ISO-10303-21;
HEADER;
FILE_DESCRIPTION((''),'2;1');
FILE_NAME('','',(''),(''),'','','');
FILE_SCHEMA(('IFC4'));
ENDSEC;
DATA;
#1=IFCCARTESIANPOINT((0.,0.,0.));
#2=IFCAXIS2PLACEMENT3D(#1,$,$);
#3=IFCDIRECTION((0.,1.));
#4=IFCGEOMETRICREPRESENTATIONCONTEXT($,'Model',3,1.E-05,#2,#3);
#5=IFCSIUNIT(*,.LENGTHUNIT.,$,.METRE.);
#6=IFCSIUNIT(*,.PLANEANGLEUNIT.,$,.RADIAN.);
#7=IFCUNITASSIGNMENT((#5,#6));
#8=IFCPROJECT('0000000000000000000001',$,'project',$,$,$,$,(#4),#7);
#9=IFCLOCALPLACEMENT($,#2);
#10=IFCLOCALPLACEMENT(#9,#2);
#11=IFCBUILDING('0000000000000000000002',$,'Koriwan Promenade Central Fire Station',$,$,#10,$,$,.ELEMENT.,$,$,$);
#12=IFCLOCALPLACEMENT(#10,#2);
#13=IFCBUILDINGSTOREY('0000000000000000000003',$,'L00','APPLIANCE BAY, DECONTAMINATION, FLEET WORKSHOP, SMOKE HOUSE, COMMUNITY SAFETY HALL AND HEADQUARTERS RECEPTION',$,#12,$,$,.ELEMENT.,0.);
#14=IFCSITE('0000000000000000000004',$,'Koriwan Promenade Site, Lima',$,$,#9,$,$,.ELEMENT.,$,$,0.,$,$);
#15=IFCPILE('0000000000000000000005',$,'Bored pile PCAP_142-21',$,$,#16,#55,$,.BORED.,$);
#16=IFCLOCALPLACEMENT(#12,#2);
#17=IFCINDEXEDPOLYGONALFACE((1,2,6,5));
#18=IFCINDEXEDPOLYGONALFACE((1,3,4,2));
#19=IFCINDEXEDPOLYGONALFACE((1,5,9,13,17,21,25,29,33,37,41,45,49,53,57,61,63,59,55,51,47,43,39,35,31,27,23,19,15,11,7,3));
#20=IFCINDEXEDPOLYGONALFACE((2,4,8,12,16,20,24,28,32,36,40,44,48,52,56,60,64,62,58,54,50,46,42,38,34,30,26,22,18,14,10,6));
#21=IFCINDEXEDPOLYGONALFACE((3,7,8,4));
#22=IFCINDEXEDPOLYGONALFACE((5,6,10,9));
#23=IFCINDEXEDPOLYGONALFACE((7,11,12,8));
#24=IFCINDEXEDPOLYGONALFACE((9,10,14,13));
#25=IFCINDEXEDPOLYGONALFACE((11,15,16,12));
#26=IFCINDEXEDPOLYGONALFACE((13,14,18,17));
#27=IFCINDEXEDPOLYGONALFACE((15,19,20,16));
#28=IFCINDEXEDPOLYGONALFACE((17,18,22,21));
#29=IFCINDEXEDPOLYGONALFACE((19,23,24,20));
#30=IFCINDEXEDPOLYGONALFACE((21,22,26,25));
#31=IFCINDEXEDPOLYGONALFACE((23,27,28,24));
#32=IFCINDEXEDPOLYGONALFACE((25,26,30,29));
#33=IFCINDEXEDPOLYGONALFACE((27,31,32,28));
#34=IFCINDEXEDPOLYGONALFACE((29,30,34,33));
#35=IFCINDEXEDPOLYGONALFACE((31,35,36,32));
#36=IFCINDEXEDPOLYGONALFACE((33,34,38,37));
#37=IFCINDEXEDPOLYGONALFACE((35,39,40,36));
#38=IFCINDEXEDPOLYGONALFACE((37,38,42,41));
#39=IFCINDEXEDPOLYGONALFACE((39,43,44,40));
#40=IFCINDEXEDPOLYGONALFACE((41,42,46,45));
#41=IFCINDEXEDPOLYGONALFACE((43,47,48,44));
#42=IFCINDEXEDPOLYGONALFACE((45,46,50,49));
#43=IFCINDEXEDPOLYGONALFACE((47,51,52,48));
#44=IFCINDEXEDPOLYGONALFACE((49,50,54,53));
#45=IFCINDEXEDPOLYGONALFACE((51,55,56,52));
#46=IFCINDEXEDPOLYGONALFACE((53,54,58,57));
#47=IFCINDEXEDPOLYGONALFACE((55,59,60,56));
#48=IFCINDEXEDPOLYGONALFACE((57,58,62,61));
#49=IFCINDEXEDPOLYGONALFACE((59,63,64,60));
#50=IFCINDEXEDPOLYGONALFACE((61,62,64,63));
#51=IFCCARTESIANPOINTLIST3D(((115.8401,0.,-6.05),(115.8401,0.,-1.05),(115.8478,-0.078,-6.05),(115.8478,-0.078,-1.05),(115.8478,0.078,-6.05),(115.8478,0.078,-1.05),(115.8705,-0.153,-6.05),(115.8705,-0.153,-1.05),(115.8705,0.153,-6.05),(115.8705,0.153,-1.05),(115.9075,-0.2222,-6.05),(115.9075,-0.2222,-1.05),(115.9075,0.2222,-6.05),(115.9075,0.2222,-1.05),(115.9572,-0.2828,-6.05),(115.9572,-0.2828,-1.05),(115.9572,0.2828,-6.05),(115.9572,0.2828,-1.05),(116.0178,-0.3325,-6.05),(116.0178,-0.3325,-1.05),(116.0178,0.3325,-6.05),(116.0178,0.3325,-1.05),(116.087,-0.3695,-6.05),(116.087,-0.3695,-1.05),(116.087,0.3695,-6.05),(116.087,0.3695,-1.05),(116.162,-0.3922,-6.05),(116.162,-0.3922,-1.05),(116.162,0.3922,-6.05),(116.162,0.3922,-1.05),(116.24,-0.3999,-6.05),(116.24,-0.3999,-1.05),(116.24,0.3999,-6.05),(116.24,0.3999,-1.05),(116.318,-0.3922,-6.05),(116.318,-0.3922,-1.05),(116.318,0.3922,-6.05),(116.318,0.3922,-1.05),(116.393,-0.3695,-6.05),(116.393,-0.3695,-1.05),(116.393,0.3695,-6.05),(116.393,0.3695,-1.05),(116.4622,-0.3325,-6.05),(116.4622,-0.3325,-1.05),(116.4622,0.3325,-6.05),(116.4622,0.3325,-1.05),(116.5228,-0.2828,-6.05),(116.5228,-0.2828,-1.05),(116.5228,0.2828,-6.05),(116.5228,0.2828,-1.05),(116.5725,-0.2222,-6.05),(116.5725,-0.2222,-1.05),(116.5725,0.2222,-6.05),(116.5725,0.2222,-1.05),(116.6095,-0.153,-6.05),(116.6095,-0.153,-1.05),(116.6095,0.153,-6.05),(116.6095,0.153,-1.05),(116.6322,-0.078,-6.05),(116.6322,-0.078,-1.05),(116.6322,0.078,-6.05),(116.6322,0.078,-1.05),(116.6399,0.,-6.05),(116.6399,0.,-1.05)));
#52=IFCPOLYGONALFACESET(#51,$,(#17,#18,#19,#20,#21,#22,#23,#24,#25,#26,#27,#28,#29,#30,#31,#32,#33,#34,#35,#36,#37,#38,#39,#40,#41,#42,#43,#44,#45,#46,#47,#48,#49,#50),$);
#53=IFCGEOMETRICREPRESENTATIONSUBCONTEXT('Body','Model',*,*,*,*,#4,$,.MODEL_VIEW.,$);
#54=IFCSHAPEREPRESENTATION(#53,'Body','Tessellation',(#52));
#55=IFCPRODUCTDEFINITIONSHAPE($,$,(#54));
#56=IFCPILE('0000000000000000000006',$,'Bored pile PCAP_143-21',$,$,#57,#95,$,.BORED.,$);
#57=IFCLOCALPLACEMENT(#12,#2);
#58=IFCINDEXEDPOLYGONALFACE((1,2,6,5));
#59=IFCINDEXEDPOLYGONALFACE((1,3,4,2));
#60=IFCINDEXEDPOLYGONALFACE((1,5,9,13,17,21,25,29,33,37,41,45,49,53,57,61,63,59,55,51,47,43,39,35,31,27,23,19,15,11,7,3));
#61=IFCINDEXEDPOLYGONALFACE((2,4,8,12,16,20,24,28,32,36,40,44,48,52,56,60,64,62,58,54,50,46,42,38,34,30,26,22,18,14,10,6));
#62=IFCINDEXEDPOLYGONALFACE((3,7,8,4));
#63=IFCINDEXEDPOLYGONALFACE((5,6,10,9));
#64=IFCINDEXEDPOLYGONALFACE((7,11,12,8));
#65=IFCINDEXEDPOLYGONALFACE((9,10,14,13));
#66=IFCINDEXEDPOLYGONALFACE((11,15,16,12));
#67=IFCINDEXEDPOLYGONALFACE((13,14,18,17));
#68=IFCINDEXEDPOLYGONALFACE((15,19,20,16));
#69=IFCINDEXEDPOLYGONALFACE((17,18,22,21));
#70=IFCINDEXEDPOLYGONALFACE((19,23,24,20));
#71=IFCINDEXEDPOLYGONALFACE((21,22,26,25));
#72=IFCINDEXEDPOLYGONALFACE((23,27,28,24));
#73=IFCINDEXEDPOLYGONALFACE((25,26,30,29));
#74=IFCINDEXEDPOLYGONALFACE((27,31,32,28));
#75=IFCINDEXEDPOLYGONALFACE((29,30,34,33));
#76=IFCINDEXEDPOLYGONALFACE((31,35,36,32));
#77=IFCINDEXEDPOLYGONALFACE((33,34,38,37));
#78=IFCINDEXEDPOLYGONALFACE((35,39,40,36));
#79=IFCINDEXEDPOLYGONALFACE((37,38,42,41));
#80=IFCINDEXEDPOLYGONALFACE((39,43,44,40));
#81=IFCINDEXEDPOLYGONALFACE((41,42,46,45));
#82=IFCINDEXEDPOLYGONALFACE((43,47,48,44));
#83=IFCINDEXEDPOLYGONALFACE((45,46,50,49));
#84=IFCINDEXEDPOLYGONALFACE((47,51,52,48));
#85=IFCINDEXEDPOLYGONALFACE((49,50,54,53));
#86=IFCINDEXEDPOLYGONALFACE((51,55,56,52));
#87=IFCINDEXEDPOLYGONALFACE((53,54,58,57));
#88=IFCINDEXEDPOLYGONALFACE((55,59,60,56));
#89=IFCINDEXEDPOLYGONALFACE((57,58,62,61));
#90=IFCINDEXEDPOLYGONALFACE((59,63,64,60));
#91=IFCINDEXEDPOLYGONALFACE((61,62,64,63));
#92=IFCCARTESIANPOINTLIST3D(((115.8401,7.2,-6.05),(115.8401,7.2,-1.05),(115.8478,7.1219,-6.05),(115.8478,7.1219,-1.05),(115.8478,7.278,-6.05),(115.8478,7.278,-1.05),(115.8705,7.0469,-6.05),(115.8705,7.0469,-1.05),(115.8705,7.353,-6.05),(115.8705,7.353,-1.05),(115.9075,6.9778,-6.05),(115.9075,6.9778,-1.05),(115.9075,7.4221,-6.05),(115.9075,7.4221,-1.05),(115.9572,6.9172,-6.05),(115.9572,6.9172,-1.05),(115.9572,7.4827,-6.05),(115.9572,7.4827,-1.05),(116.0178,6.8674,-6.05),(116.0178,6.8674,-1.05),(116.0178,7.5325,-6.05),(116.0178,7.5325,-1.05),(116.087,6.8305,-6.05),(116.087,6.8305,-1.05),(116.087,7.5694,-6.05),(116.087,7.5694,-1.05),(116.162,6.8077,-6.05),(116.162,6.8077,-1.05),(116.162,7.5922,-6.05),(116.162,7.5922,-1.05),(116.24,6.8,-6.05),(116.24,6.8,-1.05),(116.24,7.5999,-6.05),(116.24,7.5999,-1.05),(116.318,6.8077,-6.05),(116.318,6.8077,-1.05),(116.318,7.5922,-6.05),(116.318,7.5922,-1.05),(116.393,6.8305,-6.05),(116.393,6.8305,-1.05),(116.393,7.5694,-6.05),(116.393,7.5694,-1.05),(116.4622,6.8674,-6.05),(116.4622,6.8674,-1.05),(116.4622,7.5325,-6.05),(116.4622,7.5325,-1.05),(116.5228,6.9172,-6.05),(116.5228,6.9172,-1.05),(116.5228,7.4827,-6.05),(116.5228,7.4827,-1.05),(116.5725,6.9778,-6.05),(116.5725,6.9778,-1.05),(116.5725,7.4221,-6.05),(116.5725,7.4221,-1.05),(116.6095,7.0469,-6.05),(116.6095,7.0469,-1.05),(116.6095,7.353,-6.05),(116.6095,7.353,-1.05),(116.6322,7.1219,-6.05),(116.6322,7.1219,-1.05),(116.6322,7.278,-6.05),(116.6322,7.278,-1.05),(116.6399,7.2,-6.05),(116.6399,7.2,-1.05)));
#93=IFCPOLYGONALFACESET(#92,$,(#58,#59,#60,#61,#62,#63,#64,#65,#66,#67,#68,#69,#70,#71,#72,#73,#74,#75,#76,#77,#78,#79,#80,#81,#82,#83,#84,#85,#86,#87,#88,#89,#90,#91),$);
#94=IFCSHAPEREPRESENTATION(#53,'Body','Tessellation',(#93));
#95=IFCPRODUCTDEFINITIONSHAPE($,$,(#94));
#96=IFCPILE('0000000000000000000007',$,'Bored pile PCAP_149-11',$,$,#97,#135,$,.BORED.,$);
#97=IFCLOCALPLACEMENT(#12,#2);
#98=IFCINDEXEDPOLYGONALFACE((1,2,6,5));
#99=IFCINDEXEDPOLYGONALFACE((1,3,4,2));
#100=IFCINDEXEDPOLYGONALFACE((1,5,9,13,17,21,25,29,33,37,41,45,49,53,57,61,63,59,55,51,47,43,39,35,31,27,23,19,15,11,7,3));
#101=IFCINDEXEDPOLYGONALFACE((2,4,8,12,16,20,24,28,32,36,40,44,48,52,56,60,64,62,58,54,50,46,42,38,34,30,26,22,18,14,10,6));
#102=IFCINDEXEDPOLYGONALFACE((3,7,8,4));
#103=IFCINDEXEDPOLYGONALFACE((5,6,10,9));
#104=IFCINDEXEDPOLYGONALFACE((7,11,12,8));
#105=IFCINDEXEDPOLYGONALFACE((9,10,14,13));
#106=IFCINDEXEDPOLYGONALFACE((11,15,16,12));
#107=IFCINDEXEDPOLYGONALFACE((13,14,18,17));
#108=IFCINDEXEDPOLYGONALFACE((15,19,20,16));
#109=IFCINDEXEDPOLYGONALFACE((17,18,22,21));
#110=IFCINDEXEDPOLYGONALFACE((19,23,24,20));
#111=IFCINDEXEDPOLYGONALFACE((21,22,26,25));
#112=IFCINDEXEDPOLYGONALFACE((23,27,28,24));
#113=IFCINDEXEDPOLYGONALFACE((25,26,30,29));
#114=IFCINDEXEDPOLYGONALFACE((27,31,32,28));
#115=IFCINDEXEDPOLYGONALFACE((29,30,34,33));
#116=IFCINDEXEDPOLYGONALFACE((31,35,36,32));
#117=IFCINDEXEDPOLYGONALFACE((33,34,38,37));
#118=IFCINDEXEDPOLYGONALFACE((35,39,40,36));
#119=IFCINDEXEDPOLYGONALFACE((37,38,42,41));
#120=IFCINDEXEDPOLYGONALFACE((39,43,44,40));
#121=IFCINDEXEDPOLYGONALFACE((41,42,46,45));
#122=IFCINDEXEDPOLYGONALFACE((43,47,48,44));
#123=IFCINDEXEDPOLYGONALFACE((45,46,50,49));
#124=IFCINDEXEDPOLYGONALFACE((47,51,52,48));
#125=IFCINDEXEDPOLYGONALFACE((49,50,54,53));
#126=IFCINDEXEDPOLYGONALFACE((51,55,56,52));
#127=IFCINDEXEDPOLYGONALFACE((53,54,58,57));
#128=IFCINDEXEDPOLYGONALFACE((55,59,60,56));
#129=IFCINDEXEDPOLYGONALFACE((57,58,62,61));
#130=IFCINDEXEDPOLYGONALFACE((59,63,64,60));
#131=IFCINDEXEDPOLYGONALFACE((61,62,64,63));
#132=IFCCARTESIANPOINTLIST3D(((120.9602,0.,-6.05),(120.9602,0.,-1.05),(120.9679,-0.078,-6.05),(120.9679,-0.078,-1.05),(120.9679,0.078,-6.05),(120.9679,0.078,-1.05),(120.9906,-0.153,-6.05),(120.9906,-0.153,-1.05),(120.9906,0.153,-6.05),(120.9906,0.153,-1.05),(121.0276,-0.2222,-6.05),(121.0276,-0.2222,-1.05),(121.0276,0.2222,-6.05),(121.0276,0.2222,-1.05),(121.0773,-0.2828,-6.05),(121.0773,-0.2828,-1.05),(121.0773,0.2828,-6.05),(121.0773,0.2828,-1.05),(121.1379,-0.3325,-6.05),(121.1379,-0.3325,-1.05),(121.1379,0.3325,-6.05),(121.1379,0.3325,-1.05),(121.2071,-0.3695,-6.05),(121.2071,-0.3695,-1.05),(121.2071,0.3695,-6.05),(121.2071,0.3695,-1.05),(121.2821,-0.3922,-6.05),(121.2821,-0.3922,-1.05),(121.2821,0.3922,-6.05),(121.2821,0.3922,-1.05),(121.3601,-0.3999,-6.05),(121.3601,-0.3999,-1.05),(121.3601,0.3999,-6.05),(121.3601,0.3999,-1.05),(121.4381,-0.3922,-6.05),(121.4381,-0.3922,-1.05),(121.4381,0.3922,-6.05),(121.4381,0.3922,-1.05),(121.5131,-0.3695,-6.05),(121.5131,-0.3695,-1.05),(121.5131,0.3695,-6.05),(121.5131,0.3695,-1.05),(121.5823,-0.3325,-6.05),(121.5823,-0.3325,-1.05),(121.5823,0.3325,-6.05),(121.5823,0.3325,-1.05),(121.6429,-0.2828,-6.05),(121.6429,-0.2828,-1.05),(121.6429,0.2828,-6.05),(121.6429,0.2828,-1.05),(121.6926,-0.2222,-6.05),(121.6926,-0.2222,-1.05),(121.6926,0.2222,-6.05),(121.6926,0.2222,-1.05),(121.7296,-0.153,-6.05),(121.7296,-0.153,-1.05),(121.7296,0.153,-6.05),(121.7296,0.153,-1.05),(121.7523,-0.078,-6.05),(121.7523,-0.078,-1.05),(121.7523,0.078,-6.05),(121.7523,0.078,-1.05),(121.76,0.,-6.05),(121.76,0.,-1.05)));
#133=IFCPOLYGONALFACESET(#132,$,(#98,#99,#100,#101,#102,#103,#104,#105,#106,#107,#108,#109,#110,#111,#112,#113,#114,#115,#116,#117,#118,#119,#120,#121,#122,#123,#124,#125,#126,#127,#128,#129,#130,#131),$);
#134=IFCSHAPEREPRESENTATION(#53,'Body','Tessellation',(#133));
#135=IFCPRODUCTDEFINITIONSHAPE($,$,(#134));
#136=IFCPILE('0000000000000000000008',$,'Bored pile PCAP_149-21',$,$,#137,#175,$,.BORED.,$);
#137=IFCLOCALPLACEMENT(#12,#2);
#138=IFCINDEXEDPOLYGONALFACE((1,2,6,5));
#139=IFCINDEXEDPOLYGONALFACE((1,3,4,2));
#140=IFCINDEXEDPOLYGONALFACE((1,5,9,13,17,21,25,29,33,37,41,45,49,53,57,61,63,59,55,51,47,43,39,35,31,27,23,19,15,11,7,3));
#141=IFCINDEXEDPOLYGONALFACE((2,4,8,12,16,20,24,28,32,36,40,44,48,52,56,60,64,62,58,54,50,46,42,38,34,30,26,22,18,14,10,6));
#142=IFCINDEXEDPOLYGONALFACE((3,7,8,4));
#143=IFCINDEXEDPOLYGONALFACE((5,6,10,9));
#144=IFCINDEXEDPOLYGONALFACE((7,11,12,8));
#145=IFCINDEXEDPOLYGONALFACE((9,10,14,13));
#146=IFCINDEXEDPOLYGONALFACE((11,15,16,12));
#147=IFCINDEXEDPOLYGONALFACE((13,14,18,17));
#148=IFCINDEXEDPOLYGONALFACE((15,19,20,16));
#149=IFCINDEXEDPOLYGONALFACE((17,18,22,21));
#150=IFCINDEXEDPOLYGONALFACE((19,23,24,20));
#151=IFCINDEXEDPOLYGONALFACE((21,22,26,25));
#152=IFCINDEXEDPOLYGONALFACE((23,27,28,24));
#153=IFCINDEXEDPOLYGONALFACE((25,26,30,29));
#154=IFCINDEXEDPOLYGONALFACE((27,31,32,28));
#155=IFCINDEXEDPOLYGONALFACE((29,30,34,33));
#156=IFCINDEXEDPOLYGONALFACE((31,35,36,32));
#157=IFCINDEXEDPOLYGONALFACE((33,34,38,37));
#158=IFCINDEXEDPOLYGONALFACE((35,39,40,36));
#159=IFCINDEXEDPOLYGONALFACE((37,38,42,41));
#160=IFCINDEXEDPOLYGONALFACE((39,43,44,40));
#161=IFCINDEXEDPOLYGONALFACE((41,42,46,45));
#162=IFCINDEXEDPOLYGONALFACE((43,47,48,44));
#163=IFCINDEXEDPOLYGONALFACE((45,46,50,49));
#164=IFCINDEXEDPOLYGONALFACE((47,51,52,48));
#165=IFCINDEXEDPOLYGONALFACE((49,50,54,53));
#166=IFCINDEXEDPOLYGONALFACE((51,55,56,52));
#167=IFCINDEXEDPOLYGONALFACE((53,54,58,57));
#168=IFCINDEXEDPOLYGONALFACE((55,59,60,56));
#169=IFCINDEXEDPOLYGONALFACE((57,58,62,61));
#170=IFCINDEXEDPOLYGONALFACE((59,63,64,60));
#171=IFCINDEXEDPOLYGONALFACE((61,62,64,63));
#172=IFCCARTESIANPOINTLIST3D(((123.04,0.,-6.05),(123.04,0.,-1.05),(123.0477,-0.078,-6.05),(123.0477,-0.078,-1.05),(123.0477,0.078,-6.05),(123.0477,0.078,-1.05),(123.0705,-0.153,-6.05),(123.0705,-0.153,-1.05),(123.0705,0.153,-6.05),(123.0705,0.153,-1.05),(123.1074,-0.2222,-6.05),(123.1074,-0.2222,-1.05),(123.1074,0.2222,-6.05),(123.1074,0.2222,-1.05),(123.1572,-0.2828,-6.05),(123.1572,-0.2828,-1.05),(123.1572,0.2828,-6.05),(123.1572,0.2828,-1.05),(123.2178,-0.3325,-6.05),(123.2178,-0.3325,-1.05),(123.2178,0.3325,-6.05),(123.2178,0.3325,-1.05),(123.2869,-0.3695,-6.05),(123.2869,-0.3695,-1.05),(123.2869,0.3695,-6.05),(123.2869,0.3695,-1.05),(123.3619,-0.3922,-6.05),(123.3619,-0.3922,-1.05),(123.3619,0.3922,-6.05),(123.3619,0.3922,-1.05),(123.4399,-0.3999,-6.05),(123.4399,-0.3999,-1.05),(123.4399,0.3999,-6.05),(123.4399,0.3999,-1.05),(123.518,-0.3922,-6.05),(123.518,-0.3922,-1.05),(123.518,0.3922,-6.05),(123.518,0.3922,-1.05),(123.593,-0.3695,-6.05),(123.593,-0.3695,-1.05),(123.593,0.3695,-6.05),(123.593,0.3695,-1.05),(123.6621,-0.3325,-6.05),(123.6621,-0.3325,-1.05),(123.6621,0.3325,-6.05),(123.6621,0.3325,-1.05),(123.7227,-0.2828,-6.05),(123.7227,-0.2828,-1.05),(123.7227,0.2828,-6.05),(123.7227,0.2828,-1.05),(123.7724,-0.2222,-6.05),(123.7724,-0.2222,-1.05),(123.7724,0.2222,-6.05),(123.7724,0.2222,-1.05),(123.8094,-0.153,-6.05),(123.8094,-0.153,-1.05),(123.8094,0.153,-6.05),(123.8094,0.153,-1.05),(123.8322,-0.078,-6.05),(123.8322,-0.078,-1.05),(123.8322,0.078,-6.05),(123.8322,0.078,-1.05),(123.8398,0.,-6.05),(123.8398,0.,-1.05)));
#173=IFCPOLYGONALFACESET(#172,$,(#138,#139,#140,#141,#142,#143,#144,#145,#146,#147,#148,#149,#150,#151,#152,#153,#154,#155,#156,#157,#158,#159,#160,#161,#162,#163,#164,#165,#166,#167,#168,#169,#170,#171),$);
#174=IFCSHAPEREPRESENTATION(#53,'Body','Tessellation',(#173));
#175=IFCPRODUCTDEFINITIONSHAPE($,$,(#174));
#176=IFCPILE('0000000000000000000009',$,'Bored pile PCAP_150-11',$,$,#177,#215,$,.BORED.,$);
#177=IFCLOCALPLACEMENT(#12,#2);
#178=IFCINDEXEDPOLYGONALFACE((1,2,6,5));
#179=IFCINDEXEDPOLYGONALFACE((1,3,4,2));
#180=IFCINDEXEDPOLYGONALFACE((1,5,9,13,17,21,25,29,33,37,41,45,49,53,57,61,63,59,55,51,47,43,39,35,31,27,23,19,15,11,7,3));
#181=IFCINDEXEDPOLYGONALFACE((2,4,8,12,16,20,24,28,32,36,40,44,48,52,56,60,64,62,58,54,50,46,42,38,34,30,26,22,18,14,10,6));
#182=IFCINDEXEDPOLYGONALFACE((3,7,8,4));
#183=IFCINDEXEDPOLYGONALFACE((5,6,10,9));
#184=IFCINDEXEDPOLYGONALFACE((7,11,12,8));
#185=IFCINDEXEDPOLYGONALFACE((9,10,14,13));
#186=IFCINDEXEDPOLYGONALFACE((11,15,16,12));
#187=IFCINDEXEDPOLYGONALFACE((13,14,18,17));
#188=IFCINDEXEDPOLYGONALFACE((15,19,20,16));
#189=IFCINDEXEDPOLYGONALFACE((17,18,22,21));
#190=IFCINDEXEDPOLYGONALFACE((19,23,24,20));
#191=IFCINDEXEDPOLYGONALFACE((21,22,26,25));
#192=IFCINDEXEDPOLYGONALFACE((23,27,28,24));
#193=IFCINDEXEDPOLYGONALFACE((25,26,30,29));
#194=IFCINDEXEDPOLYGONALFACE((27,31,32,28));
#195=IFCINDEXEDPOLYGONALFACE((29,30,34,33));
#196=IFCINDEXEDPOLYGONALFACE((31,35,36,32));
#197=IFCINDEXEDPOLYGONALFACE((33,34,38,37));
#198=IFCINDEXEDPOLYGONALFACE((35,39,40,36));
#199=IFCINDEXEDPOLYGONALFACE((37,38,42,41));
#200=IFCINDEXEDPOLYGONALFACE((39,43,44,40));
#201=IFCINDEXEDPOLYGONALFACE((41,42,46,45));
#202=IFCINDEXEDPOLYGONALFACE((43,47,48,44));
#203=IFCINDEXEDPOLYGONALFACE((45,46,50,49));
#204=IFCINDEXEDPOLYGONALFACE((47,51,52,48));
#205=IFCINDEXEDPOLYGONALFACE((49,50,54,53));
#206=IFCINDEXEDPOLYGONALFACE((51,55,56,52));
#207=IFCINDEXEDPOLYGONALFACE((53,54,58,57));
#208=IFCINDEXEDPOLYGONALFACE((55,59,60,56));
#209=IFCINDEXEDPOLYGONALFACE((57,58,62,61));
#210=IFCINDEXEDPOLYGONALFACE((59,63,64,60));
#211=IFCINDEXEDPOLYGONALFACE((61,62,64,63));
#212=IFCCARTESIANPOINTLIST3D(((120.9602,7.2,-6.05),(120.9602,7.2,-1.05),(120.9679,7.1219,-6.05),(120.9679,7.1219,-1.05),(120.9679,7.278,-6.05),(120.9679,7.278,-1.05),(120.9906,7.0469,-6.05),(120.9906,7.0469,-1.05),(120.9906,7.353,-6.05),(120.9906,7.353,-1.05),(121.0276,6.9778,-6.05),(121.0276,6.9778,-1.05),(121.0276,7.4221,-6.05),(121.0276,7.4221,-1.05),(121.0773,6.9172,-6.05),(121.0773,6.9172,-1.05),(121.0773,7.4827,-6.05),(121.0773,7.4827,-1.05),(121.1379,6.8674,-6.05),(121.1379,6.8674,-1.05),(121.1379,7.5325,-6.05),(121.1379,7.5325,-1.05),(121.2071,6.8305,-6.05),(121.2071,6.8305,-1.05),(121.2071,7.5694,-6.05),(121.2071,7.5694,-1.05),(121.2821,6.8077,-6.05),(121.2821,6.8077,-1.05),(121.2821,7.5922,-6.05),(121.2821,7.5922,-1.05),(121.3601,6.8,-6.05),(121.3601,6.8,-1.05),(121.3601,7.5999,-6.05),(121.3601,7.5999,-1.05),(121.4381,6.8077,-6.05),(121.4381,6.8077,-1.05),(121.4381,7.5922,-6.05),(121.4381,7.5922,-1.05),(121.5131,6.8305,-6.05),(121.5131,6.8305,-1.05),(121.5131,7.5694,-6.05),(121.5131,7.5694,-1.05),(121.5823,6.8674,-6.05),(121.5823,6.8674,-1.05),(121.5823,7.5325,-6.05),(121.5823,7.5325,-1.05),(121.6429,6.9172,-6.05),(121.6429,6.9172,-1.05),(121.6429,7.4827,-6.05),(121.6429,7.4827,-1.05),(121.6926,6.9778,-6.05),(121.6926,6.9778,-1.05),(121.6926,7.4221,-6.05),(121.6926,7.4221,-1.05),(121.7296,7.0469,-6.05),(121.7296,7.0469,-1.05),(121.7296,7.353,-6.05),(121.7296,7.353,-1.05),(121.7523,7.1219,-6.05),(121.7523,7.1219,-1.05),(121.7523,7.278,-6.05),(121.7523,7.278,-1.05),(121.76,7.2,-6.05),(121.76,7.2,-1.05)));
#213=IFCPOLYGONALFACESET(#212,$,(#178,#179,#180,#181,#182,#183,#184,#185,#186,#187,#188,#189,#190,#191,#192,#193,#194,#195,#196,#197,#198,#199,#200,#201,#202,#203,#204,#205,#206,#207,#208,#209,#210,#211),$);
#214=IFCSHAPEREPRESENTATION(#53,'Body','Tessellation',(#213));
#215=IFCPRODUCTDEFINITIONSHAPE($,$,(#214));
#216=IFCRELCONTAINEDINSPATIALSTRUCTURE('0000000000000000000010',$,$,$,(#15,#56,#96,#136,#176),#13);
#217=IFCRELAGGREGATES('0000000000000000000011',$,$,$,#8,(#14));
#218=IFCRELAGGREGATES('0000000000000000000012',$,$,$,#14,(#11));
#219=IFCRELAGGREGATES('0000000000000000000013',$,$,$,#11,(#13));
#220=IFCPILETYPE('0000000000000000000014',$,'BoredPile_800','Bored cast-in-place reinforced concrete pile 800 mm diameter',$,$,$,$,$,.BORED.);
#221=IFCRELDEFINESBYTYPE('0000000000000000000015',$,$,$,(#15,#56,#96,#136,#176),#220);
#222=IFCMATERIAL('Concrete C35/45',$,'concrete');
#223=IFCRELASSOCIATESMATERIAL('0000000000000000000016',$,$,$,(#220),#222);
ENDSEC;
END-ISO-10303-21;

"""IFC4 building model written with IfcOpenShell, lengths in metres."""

from ifc_helpers import new_model, si_unit, direction, frame, origin, origin_2d, place, context, subcontext, project, spatial, circle, extrude, material, material_profile, profile_set, type_object, element, save


model = new_model("IFC4")

# Units and contexts
model_context = context("Model", 3, precision=1e-05, world=origin(), true_north=direction((0.0, 1.0)))
body_context = subcontext(model_context, "Body", "Model", "MODEL_VIEW")
ifc_project = project(units=[si_unit("LENGTHUNIT", "METRE"), si_unit("PLANEANGLEUNIT", "RADIAN")], contexts=[model_context])

# Site, building, storey
site_placement = place(None, origin())
site = spatial("IfcSite", under=ifc_project, at=site_placement, Name="Koriwan Promenade Site, Lima", CompositionType="ELEMENT", RefElevation=0.0)
building_placement = place(site_placement, origin())
building = spatial("IfcBuilding", under=site, at=building_placement, Name="Koriwan Promenade Central Fire Station", CompositionType="ELEMENT")
storey_placement = place(building_placement, origin())
storey = spatial("IfcBuildingStorey", under=building, at=storey_placement, Name="L00", Description="APPLIANCE BAY, DECONTAMINATION, FLEET WORKSHOP, SMOKE HOUSE, COMMUNITY SAFETY HALL AND HEADQUARTERS RECEPTION", CompositionType="ELEMENT", Elevation=0.0)

# Piles
ifc_material_1 = material(Name="Concrete C35/45", Category="concrete")
ifc_material_profile_1 = material_profile(ifc_material_1, circle(Radius=0.3999, at=origin_2d()), Name="PILE-D800")
ifc_profile_set_1 = profile_set([ifc_material_profile_1], Name="Concrete C35/45")
pile_type = type_object("IfcPileType", Name="BoredPile_800", Description="Bored cast-in-place reinforced concrete pile 800 mm diameter", PredefinedType="BORED", material=ifc_profile_set_1)
for number, where, z_axis, x_axis, name in (
    (1, (116.24, 0.0, -1.05), (0.0, 0.0, -1.0), (1.0, 0.0, 0.0), "Bored pile PCAP_142-21"),
    (2, (116.24, 7.2, -1.05), (0.0, 0.0, -1.0), (1.0, 0.0, 0.0), "Bored pile PCAP_143-21"),
    (3, (121.3601, 0.0, -1.05), (0.0, 0.0, -1.0), (1.0, 0.0, 0.0), "Bored pile PCAP_149-11"),
    (4, (123.4399, 0.0, -1.05), (0.0, 0.0, -1.0), (1.0, 0.0, 0.0), "Bored pile PCAP_149-21"),
    (5, (121.3601, 7.2, -1.05), (0.0, 0.0, -1.0), (1.0, 0.0, 0.0), "Bored pile PCAP_150-11"),
):
    element("IfcPile", number, at=place(storey_placement, frame(where, z_axis=z_axis, x_axis=x_axis)), inside=storey, type_object=pile_type, Name=name, PredefinedType="BORED", context=body_context, shape_type="SweptSolid", body=[
        extrude(circle(Radius=0.3999, at=origin_2d()), origin(), (0.0, 0.0, 1.0), 5.0),
    ])

save(model, "model.ifc")
